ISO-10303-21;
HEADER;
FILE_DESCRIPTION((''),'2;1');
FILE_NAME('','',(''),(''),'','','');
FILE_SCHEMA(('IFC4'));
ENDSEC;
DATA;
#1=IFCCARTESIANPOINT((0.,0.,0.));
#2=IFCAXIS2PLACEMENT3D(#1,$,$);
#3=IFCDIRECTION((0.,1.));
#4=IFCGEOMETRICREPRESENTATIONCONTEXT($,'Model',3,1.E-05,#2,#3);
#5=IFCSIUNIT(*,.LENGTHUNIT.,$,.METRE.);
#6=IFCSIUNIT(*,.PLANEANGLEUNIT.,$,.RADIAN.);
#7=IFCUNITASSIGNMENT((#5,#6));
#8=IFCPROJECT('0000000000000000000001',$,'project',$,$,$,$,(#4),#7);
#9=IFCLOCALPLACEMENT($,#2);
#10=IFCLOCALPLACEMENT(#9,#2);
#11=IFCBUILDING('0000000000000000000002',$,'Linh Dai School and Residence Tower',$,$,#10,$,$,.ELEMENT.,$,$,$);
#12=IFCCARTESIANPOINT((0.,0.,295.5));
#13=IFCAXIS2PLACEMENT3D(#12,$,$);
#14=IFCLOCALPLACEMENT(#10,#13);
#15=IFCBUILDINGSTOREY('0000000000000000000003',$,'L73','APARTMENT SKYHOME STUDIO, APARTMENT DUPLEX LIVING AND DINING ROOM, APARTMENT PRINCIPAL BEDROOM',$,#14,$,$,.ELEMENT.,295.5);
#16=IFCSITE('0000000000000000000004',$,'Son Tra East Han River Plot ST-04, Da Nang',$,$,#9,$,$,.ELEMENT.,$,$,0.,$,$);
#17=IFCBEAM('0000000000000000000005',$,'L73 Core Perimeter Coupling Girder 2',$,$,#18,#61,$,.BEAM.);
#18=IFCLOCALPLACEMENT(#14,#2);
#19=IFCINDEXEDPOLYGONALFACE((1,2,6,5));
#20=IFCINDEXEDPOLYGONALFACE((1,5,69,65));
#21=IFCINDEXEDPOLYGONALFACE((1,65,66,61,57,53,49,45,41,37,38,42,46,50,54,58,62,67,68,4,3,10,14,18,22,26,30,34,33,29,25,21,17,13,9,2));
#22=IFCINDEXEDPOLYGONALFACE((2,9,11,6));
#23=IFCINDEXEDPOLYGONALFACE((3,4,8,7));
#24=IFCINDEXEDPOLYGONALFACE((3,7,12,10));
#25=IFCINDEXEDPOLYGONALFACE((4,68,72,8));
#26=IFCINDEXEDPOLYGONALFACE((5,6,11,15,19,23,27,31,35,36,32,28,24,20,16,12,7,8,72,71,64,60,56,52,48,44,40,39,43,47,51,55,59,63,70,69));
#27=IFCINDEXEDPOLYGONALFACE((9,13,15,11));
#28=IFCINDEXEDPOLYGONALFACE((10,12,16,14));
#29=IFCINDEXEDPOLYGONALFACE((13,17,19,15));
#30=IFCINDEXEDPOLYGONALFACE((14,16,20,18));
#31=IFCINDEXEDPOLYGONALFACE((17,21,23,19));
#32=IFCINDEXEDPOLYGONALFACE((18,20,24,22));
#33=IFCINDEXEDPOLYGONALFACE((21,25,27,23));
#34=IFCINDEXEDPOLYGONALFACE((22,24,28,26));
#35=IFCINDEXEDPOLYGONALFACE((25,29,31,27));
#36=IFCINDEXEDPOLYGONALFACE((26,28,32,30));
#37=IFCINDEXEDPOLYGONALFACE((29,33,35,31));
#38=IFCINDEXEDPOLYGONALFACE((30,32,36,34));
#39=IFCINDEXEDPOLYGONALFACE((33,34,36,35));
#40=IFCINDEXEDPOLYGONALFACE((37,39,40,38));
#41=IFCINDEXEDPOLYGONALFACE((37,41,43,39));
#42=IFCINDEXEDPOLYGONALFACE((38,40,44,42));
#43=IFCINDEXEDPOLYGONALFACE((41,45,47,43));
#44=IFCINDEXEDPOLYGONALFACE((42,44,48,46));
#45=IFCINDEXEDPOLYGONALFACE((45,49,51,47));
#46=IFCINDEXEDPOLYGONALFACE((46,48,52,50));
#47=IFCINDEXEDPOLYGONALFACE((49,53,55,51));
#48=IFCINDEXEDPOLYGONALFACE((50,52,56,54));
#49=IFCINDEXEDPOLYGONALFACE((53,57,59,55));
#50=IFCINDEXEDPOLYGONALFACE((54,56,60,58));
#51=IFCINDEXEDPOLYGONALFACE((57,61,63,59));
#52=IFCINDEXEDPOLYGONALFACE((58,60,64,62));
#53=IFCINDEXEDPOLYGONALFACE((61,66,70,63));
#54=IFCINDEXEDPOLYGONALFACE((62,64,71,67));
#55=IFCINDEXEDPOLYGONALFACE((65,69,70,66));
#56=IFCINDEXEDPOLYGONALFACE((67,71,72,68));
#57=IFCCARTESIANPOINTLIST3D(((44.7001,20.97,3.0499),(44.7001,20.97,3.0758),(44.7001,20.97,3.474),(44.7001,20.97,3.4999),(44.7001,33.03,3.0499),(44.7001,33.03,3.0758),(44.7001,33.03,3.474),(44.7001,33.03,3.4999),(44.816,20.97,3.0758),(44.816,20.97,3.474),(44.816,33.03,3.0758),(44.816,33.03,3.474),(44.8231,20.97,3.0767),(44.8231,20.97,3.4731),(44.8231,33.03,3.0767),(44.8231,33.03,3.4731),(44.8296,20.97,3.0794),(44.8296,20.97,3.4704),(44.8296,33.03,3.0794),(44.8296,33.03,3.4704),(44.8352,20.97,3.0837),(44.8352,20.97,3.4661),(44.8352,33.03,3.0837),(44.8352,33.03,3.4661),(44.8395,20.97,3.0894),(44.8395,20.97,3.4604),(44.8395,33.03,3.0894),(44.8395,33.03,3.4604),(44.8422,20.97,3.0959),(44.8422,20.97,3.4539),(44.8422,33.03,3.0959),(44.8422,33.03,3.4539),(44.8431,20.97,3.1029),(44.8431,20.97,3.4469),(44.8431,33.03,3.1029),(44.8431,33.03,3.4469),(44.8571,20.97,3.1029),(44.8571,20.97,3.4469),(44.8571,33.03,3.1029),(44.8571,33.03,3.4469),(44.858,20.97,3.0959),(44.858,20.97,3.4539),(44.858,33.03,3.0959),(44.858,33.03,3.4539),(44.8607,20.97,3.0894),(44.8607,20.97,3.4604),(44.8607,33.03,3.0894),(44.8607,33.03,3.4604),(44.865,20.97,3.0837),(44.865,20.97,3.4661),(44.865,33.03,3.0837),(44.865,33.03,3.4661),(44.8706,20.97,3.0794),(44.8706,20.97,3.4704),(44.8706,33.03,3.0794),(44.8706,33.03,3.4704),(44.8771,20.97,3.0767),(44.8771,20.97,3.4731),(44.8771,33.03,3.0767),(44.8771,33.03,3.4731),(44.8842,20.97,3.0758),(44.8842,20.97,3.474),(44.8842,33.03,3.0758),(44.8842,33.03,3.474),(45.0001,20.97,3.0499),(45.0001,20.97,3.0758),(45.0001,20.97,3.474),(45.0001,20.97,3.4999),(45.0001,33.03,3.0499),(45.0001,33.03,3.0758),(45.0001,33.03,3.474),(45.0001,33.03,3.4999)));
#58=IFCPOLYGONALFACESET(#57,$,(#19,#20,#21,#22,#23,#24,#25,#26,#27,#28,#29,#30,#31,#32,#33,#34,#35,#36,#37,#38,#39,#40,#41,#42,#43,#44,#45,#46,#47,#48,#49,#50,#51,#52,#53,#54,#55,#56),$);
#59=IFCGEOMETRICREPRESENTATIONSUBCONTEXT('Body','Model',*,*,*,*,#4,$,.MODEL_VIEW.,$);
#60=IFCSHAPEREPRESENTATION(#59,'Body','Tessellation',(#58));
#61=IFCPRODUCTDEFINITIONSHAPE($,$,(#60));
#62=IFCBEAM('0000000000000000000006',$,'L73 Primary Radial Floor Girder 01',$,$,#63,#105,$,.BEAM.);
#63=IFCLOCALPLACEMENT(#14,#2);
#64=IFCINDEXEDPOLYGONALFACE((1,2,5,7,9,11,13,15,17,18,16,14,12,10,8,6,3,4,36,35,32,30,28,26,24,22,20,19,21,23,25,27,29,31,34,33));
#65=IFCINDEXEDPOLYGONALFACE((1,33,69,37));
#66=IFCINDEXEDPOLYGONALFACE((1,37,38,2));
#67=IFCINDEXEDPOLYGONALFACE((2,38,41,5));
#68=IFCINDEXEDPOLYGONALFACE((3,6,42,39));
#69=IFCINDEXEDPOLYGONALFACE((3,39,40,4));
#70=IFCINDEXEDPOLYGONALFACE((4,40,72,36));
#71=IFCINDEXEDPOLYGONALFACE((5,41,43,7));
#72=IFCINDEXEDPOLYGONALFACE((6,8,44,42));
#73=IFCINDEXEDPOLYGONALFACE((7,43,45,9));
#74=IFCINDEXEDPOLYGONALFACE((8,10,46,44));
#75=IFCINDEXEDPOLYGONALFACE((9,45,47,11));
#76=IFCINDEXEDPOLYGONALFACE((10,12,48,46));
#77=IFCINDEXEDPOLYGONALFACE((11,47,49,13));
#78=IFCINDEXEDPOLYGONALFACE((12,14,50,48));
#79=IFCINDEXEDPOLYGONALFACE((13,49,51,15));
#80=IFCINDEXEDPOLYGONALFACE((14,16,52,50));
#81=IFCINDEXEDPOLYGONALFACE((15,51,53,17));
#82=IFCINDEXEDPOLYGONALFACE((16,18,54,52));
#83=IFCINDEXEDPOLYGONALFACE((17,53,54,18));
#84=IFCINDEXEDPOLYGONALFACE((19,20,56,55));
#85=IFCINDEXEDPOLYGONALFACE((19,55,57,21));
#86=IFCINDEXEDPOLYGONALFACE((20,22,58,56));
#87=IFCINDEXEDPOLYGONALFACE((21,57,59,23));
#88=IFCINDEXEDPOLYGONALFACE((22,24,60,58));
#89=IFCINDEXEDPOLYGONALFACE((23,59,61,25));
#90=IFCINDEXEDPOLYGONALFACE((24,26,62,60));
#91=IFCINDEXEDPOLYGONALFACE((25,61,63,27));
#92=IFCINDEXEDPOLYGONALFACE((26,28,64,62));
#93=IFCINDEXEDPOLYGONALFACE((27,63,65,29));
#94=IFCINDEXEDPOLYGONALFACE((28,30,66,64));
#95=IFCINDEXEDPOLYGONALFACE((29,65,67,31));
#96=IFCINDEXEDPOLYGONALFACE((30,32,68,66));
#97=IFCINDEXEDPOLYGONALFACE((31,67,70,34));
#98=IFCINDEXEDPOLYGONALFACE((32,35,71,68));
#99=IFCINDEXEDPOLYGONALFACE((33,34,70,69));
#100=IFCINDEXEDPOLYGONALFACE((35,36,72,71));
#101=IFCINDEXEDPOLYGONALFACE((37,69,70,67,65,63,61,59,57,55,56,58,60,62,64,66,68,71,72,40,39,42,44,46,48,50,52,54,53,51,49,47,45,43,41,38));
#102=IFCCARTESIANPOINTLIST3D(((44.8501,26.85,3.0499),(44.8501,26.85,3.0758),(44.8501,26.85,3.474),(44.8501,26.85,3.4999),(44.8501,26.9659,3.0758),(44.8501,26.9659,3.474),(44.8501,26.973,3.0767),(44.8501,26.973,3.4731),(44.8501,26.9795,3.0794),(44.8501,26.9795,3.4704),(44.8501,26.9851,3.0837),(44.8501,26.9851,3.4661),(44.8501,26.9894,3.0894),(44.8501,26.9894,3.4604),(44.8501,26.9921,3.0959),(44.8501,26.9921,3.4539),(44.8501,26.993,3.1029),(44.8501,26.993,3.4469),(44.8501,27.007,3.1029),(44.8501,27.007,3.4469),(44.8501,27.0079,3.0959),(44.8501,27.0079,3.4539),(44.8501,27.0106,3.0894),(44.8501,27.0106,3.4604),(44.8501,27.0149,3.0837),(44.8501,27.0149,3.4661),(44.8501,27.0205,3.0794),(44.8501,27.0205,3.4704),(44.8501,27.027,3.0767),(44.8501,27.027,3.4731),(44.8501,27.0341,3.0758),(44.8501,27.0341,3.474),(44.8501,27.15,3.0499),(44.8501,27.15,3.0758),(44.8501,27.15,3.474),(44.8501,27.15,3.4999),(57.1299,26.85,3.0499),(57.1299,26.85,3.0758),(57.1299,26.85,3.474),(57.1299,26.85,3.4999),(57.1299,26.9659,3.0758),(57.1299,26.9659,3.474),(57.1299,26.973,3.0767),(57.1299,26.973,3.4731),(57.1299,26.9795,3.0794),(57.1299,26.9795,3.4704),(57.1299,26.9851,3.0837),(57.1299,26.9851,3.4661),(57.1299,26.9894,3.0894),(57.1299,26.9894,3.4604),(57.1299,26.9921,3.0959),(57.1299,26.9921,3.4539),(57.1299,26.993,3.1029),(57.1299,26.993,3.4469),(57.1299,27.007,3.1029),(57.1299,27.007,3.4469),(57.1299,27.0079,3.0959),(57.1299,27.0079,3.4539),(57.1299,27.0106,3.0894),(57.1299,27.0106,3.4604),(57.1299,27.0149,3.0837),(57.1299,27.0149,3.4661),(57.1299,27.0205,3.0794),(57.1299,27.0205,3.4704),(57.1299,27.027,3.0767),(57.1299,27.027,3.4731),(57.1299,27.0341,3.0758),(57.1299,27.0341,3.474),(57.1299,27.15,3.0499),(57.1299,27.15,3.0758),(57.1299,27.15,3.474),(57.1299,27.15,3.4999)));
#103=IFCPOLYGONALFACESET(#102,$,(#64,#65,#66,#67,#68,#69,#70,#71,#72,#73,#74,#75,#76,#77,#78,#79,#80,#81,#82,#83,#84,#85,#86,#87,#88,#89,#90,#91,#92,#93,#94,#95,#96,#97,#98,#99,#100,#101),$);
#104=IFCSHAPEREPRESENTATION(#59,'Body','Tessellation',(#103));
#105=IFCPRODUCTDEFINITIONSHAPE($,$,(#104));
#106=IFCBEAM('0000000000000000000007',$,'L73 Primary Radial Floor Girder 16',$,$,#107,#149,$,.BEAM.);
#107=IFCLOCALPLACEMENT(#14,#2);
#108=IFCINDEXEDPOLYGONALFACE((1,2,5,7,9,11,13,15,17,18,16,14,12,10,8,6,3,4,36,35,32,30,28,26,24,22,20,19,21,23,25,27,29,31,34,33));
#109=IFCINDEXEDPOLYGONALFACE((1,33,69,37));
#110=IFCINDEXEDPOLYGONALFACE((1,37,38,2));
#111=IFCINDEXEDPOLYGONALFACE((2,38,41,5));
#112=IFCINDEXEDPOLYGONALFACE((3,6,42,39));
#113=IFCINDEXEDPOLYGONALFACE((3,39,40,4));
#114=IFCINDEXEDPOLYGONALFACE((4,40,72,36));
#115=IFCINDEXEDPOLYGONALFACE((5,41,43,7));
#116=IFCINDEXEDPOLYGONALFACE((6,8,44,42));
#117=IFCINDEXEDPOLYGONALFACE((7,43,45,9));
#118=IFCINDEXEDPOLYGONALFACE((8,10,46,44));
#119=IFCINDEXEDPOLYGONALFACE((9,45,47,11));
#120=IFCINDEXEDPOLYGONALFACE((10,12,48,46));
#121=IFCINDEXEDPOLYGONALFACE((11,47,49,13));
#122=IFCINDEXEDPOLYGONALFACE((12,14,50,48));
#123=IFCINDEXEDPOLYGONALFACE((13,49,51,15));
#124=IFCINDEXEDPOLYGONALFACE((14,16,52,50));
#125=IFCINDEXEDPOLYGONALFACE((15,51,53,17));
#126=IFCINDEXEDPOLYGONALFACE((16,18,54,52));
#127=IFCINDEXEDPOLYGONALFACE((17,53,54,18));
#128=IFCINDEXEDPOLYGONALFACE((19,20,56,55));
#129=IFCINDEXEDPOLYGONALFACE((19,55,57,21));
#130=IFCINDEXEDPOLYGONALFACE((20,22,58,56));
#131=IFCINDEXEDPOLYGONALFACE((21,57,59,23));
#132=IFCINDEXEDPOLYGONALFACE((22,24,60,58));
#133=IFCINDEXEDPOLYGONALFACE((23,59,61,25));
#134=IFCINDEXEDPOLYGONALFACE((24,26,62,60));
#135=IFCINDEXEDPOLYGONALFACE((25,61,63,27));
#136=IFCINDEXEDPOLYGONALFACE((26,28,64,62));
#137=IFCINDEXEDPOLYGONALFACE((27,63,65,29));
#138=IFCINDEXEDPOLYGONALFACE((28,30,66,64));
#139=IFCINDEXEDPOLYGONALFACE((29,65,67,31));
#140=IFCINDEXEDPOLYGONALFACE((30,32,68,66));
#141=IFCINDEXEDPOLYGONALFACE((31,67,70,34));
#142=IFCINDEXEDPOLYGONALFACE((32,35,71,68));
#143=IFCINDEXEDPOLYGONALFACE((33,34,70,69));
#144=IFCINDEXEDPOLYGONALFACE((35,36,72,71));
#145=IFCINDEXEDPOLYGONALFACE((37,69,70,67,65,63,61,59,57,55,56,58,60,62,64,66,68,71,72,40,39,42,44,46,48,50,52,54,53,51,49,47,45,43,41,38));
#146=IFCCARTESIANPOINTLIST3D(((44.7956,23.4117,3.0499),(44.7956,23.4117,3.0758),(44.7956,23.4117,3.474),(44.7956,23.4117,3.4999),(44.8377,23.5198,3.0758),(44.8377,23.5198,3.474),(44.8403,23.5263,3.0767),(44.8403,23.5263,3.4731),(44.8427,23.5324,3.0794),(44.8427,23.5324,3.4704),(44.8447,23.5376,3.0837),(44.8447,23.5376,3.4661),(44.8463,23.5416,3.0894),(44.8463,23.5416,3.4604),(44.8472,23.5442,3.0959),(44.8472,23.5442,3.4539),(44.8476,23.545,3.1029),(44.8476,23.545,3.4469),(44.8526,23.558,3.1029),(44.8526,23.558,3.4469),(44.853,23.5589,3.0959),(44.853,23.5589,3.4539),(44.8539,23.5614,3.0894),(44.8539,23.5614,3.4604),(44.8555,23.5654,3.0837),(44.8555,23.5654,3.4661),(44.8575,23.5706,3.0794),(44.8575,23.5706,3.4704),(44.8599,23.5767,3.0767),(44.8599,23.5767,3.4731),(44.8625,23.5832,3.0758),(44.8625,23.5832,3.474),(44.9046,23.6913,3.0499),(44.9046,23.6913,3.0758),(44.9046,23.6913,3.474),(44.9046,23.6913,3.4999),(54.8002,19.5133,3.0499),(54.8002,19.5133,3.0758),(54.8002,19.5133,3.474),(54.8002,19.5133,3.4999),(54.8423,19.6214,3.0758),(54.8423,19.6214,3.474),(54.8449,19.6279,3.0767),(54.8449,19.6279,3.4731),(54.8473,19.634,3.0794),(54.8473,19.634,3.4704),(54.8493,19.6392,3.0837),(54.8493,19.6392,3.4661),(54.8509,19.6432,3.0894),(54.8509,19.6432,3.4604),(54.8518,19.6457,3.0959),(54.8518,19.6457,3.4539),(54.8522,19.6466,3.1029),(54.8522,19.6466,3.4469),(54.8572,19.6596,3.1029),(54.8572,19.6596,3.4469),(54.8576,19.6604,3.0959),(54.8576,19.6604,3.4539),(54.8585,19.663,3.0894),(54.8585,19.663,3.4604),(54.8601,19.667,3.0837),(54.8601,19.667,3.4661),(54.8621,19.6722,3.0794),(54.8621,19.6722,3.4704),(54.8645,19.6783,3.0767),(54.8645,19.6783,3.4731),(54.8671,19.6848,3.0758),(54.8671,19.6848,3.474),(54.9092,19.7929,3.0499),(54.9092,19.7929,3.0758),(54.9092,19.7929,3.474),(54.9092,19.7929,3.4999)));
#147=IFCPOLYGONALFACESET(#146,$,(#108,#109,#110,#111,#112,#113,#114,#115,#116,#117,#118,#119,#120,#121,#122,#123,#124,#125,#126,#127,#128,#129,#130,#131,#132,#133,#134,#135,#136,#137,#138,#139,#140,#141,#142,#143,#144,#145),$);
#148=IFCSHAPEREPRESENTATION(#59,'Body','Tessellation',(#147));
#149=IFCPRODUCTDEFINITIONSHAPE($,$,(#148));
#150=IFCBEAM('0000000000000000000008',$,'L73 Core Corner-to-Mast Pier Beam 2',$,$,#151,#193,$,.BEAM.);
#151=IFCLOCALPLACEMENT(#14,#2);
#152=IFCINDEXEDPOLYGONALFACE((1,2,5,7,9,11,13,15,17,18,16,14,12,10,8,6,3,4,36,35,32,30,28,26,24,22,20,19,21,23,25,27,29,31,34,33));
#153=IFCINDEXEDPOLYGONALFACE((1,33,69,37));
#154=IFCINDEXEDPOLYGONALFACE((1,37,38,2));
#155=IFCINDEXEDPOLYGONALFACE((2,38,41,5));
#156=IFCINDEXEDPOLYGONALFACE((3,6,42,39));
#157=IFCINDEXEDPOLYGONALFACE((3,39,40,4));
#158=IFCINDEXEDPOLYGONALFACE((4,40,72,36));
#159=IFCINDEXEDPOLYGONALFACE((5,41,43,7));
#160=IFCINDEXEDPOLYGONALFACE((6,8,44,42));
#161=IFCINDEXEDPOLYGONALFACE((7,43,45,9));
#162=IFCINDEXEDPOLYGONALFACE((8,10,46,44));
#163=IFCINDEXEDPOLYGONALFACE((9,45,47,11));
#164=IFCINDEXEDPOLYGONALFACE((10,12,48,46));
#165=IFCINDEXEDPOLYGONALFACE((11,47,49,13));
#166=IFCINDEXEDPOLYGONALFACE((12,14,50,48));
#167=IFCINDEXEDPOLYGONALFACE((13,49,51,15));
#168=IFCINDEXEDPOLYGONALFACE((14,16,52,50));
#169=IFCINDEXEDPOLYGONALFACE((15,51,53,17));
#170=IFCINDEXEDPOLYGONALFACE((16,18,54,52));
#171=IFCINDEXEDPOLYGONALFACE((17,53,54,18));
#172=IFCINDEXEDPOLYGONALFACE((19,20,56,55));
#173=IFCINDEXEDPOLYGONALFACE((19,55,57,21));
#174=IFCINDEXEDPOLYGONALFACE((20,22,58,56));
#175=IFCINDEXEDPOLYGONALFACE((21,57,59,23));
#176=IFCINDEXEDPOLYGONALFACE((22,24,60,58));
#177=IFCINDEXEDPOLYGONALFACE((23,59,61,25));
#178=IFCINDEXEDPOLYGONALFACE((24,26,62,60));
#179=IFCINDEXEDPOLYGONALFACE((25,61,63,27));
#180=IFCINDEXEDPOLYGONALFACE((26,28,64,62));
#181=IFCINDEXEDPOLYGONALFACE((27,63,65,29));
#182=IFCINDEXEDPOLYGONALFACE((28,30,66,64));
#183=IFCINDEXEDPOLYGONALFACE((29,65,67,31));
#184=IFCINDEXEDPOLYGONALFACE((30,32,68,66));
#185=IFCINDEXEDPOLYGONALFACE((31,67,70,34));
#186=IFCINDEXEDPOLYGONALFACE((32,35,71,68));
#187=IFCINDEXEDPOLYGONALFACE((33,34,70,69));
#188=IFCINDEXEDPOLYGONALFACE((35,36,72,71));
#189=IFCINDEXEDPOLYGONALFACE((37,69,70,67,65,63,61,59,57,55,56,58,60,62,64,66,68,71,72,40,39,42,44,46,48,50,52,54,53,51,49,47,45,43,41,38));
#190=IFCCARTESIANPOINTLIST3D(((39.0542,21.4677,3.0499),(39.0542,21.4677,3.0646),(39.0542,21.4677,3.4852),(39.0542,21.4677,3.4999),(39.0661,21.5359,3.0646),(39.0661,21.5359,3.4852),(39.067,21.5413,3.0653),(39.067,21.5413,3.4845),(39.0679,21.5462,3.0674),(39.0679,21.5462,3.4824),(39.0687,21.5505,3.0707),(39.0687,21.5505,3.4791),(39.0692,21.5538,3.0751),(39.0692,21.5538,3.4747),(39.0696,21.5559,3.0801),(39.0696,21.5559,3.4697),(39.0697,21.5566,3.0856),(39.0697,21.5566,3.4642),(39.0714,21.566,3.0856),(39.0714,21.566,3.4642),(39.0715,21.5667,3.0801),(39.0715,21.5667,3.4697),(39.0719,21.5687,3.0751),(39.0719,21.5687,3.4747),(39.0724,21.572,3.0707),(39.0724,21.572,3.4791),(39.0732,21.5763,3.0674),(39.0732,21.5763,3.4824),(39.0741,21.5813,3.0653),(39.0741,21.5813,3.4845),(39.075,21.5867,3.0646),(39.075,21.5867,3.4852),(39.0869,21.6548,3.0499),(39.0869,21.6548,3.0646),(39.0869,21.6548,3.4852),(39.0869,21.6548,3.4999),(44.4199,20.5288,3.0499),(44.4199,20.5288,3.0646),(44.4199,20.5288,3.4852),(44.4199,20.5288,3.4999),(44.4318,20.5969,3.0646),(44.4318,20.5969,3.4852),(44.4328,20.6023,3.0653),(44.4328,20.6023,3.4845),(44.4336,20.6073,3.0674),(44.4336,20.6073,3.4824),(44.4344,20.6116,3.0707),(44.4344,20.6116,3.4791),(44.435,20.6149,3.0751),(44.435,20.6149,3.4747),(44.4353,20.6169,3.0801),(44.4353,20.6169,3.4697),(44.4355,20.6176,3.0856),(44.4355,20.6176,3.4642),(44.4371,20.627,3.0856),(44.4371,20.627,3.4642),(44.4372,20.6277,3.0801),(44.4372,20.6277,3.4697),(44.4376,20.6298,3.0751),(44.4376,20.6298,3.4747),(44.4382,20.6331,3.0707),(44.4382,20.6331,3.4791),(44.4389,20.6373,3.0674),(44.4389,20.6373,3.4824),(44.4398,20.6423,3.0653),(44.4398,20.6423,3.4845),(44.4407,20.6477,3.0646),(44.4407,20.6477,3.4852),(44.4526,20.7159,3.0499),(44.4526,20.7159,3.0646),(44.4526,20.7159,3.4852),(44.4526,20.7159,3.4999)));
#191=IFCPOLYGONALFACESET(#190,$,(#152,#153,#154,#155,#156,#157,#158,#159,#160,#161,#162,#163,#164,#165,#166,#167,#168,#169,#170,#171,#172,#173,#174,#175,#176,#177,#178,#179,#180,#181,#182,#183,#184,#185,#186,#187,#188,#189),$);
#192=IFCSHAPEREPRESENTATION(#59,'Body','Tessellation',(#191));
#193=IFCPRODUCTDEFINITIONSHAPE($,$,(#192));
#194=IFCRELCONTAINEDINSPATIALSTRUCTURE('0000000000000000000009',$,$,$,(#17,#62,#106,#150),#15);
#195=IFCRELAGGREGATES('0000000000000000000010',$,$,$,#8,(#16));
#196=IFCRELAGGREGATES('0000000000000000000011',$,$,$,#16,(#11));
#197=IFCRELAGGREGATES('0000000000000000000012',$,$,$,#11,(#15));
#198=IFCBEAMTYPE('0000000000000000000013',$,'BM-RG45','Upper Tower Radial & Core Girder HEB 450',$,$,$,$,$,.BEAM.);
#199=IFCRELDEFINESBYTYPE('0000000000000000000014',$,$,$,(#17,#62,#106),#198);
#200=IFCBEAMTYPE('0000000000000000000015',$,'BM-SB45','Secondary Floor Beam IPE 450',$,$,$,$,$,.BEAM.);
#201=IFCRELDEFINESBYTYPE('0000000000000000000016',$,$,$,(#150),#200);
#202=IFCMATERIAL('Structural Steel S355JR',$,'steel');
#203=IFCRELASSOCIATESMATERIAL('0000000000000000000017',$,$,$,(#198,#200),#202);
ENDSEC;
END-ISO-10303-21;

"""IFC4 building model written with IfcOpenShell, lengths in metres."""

from ifc_helpers import new_model, si_unit, direction, frame, origin, origin_2d, place, context, subcontext, project, spatial, i_section, extrude, material, material_profile, profile_set, type_object, element, save


model = new_model("IFC4")

# Units and contexts
model_context = context("Model", 3, precision=1e-05, world=origin(), true_north=direction((0.0, 1.0)))
body_context = subcontext(model_context, "Body", "Model", "MODEL_VIEW")
ifc_project = project(units=[si_unit("LENGTHUNIT", "METRE"), si_unit("PLANEANGLEUNIT", "RADIAN")], contexts=[model_context])

# Site, building, storey
site_placement = place(None, origin())
site = spatial("IfcSite", under=ifc_project, at=site_placement, Name="Son Tra East Han River Plot ST-04, Da Nang", CompositionType="ELEMENT", RefElevation=0.0)
building_placement = place(site_placement, origin())
building = spatial("IfcBuilding", under=site, at=building_placement, Name="Linh Dai School and Residence Tower", CompositionType="ELEMENT")
storey_placement = place(building_placement, frame((0.0, 0.0, 295.5)))
storey = spatial("IfcBuildingStorey", under=building, at=storey_placement, Name="L73", Description="APARTMENT SKYHOME STUDIO, APARTMENT DUPLEX LIVING AND DINING ROOM, APARTMENT PRINCIPAL BEDROOM", CompositionType="ELEMENT", Elevation=295.5)

# Shared definitions
ifc_material_1 = material(Name="Structural Steel S355JR", Category="steel")

# Beams
ifc_material_profile_1 = material_profile(ifc_material_1, i_section(OverallWidth=0.3, OverallDepth=0.45, WebThickness=0.0139, FlangeThickness=0.0259, FilletRadius=0.0271, at=origin_2d()), Name="HEB 450")
ifc_profile_set_1 = profile_set([ifc_material_profile_1], Name="Structural Steel S355JR")
beam_type_1 = type_object("IfcBeamType", Name="BM-RG45", Description="Upper Tower Radial & Core Girder HEB 450", PredefinedType="BEAM", material=ifc_profile_set_1)
beam_1_placement = place(storey_placement, frame((44.8501, 20.97, 3.2749), z_axis=(0.0, 1.0, 0.0), x_axis=(-1.0, 0.0, 0.0)))
element("IfcBeam", 1, at=beam_1_placement, inside=storey, type_object=beam_type_1, Name="L73 Core Perimeter Coupling Girder 2", PredefinedType="BEAM", context=body_context, shape_type="SweptSolid", body=[
    extrude(i_section(OverallWidth=0.3, OverallDepth=0.45, WebThickness=0.0139, FlangeThickness=0.0259, FilletRadius=0.0271, at=origin_2d()), origin(), (0.0, 0.0, 1.0), 12.0601),
])
beam_2_placement = place(storey_placement, frame((44.8501, 27.0, 3.2749), z_axis=(1.0, 0.0, 0.0), x_axis=(0.0, 1.0, 0.0)))
element("IfcBeam", 2, at=beam_2_placement, inside=storey, type_object=beam_type_1, Name="L73 Primary Radial Floor Girder 01", PredefinedType="BEAM", context=body_context, shape_type="SweptSolid", body=[
    extrude(i_section(OverallWidth=0.3, OverallDepth=0.45, WebThickness=0.0139, FlangeThickness=0.0259, FilletRadius=0.0271, at=origin_2d()), origin(), (0.0, 0.0, 1.0), 12.2798),
])
beam_3_placement = place(storey_placement, frame((44.8501, 23.5515, 3.2749), z_axis=(0.931761, -0.363073, 0.0), x_axis=(0.363073, 0.931761, 0.0)))
element("IfcBeam", 3, at=beam_3_placement, inside=storey, type_object=beam_type_1, Name="L73 Primary Radial Floor Girder 16", PredefinedType="BEAM", context=body_context, shape_type="SweptSolid", body=[
    extrude(i_section(OverallWidth=0.3, OverallDepth=0.45, WebThickness=0.0139, FlangeThickness=0.0259, FilletRadius=0.0271, at=origin_2d()), origin(), (0.0, 0.0, 1.0), 10.7373),
])
ifc_material_profile_2 = material_profile(ifc_material_1, i_section(OverallWidth=0.1899, OverallDepth=0.45, WebThickness=0.0095, FlangeThickness=0.0146, FilletRadius=0.021, at=origin_2d()), Name="IPE 450")
ifc_profile_set_2 = profile_set([ifc_material_profile_2], Name="Structural Steel S355JR")
beam_type_2 = type_object("IfcBeamType", Name="BM-SB45", Description="Secondary Floor Beam IPE 450", PredefinedType="BEAM", material=ifc_profile_set_2)
beam_4_placement = place(storey_placement, frame((44.4363, 20.6223, 3.2749), z_axis=(-0.985032, 0.172374, 0.0), x_axis=(-0.172374, -0.985032, 0.0)))
element("IfcBeam", 4, at=beam_4_placement, inside=storey, type_object=beam_type_2, Name="L73 Core Corner-to-Mast Pier Beam 2", PredefinedType="BEAM", context=body_context, shape_type="SweptSolid", body=[
    extrude(i_section(OverallWidth=0.1899, OverallDepth=0.45, WebThickness=0.0095, FlangeThickness=0.0146, FilletRadius=0.021, at=origin_2d()), origin(), (0.0, 0.0, 1.0), 5.4473),
])

save(model, "model.ifc")
